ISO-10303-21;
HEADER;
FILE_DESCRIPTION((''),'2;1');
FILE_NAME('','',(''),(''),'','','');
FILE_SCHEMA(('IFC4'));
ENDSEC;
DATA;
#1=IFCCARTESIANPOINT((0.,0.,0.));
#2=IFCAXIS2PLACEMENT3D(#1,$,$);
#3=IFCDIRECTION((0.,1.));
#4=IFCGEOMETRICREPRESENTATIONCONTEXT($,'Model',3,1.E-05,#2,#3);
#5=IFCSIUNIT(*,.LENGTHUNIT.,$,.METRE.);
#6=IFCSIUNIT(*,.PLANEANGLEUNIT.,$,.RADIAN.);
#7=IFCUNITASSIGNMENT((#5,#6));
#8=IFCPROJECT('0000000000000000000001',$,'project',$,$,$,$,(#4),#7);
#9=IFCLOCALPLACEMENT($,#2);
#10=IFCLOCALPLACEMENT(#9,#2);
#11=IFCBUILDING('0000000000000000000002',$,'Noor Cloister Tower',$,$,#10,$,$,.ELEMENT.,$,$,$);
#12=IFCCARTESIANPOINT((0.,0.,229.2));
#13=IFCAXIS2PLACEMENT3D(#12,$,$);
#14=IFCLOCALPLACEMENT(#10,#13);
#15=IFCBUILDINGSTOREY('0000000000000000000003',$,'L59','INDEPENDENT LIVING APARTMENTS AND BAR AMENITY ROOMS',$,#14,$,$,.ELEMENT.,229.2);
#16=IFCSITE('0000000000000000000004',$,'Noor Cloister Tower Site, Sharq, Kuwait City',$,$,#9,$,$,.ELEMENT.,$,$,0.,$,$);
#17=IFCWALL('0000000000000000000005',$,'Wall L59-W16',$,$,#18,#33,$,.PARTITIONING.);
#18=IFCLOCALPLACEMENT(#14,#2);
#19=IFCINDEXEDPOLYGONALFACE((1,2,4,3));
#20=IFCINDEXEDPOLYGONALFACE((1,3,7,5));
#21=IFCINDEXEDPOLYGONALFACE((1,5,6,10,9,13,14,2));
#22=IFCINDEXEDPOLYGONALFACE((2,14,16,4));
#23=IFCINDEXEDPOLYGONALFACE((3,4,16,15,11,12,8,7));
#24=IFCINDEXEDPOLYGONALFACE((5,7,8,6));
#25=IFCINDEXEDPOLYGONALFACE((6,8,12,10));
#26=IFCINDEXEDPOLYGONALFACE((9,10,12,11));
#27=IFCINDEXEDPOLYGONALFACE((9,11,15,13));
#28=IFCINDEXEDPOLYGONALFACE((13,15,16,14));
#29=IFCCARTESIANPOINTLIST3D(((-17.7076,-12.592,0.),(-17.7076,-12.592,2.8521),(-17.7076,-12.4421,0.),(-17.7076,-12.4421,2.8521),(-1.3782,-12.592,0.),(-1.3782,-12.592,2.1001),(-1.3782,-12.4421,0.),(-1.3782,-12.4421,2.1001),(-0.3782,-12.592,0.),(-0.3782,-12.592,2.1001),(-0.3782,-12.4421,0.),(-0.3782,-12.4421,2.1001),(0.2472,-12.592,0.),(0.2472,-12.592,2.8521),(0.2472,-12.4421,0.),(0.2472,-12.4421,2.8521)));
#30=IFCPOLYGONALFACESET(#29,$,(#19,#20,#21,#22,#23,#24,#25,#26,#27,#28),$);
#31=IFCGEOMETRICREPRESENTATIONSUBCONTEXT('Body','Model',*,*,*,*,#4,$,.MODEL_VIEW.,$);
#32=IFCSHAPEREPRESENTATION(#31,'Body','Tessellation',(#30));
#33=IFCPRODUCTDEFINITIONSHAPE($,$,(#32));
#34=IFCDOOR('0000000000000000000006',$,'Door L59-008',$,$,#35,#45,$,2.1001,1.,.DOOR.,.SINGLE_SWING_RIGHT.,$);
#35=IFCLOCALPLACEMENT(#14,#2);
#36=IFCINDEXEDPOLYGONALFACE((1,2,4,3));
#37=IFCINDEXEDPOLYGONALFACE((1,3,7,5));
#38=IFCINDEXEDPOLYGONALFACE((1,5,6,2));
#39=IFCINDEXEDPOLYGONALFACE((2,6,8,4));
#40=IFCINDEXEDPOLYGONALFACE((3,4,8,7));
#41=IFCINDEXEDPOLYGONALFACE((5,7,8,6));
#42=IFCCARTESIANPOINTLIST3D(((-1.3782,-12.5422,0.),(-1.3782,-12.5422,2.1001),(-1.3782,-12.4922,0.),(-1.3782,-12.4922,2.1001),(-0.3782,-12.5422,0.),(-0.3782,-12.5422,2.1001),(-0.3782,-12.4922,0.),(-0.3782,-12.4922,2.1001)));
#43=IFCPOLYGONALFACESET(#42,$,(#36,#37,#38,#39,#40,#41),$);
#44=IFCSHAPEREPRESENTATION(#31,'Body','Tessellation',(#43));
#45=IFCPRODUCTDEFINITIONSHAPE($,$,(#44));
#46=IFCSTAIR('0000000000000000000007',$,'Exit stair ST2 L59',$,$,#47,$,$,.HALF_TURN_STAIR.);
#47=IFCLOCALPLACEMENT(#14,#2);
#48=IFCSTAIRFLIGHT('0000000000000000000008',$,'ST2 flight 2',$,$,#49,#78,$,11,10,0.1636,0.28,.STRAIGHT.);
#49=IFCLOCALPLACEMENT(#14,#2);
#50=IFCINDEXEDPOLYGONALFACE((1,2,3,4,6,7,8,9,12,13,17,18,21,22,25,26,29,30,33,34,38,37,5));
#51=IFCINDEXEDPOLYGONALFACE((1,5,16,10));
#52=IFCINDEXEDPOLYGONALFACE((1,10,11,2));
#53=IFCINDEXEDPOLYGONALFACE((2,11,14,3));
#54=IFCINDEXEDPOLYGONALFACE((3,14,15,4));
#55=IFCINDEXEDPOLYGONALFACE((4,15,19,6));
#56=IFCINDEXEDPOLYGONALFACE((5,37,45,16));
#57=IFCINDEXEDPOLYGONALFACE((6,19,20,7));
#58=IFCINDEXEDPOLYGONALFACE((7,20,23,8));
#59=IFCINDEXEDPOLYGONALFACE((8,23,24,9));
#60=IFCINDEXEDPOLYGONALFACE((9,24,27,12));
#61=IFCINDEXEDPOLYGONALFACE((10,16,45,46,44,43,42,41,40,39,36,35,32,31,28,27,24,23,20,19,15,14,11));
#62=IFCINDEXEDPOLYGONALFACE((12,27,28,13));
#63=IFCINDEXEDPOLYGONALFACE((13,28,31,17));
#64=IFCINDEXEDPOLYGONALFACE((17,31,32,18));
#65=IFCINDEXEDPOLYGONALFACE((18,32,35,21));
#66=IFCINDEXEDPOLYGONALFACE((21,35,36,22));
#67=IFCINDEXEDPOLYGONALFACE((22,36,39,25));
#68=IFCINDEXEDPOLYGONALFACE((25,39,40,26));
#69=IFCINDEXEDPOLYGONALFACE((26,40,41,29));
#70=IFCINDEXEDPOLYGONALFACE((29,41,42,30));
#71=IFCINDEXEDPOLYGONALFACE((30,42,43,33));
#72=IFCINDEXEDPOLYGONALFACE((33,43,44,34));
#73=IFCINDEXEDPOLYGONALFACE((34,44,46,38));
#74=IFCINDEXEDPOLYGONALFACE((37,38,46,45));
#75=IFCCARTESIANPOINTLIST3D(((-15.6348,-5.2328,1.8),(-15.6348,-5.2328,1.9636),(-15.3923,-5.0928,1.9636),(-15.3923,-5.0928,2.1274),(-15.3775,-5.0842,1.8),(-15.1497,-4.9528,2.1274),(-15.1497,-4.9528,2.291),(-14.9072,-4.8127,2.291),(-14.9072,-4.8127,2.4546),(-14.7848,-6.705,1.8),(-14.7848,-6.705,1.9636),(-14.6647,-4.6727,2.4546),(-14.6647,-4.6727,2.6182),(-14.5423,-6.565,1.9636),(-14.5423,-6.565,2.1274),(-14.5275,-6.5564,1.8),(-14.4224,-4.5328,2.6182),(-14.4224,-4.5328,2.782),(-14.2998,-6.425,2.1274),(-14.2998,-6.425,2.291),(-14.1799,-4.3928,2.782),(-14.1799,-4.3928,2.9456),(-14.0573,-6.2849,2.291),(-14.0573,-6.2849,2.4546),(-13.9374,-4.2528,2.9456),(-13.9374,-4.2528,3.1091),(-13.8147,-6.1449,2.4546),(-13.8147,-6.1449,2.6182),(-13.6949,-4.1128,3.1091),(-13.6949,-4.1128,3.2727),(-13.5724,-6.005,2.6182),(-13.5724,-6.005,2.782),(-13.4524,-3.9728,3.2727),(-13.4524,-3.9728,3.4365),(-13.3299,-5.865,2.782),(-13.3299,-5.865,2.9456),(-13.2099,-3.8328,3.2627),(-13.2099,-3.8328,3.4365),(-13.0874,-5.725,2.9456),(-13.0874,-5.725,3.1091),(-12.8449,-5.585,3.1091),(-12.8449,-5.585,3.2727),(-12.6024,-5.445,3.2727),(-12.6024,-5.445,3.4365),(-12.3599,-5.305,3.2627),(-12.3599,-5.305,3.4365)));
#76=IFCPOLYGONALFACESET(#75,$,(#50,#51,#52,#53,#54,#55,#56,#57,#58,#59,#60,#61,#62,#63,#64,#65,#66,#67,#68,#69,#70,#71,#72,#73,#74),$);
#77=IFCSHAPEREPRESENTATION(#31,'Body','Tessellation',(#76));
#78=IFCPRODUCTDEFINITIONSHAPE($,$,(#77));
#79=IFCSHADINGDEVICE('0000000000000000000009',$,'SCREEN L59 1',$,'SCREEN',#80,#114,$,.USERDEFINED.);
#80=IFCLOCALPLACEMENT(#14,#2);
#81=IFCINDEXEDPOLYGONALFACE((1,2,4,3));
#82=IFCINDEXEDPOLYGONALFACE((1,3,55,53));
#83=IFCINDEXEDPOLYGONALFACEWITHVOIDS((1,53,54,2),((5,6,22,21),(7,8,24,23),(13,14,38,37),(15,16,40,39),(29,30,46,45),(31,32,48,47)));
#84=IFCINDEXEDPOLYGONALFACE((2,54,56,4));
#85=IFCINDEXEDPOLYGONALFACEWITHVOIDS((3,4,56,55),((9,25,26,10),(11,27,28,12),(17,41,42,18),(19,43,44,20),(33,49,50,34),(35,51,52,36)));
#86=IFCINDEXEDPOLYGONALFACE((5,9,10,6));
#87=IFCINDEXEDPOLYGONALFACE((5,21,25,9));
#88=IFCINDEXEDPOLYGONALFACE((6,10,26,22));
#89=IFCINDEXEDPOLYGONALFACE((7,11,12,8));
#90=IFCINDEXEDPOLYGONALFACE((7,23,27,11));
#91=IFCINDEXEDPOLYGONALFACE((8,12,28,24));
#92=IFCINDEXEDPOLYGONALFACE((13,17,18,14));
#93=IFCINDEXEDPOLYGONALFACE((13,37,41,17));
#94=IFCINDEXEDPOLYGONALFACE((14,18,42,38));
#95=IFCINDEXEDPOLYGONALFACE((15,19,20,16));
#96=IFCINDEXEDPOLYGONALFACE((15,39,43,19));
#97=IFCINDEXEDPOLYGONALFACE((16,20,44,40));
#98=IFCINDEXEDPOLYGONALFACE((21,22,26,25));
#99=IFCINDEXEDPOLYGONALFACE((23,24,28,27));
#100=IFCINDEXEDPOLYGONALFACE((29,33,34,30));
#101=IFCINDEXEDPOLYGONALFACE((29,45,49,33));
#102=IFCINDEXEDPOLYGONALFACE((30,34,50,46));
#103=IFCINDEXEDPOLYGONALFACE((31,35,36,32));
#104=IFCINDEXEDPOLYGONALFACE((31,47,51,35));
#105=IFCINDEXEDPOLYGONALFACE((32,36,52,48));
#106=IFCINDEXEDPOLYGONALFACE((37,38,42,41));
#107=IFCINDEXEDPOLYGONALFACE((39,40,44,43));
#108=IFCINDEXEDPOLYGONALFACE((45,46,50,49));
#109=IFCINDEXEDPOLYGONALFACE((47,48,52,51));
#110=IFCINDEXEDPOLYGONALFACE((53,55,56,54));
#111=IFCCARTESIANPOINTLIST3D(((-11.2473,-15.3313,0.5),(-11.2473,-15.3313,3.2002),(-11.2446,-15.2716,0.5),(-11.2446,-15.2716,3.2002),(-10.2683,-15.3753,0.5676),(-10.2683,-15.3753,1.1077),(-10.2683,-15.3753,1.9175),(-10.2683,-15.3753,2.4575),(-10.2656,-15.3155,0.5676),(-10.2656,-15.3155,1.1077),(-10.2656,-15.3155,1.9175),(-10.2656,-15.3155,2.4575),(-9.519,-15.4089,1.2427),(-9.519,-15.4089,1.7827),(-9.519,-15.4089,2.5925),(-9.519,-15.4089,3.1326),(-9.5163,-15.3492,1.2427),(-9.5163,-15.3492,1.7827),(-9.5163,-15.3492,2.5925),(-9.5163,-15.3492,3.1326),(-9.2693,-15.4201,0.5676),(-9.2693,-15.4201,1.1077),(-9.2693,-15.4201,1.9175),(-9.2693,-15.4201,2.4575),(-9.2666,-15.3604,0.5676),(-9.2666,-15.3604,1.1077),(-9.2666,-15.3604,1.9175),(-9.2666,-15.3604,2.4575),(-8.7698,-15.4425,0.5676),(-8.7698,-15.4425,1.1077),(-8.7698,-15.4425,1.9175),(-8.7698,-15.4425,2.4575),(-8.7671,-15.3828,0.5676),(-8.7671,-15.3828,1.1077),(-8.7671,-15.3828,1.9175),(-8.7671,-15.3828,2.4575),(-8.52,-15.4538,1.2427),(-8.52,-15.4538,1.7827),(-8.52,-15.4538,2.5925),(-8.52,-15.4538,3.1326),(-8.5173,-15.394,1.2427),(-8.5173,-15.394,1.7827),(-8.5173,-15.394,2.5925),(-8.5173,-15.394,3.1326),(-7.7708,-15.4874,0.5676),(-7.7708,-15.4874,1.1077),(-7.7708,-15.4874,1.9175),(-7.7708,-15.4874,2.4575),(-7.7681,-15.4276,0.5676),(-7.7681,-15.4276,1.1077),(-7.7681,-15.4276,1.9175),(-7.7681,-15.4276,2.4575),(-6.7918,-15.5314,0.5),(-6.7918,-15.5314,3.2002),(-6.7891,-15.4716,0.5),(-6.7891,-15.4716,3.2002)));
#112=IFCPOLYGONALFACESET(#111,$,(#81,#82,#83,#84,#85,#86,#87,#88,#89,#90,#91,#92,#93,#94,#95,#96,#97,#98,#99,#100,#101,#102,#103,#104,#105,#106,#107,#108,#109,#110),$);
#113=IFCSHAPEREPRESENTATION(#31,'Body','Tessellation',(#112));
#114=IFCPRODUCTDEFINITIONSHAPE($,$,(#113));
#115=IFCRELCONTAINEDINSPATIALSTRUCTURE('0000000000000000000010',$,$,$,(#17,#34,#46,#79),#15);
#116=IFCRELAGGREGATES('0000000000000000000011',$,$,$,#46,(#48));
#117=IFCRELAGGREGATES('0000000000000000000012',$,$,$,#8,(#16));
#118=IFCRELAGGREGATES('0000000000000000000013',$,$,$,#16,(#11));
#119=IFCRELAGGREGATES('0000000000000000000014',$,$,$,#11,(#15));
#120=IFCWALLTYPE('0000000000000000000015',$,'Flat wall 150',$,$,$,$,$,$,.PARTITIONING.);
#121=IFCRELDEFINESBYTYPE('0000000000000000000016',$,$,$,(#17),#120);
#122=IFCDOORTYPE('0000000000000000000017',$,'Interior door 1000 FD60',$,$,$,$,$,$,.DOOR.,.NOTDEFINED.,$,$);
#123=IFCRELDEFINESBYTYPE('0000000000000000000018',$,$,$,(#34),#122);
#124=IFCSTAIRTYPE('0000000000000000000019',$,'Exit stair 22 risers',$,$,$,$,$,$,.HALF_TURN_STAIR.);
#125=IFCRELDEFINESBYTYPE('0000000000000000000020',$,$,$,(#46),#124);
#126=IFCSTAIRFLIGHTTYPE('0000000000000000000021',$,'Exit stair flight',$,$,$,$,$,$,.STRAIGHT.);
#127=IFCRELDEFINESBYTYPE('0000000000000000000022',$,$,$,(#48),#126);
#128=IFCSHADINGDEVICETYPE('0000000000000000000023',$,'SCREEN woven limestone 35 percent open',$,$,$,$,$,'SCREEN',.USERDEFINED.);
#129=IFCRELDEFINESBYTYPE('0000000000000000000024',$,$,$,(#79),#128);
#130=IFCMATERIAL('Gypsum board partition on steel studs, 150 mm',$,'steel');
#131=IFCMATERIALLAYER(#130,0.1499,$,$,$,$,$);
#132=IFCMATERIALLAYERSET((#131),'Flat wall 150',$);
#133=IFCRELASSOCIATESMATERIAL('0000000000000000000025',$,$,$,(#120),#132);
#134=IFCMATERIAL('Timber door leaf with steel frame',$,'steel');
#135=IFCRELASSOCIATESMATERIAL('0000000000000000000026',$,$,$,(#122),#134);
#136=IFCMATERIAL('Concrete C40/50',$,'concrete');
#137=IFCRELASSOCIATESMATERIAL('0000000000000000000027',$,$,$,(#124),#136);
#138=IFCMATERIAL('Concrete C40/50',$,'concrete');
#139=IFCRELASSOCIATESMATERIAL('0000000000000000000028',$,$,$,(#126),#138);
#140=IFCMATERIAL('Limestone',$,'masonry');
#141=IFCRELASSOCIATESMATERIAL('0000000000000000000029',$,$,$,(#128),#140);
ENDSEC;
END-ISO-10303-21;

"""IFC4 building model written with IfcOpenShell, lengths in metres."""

from ifc_helpers import new_model, si_unit, direction, frame, frame_2d, origin, place, context, subcontext, project, spatial, polyline, rectangle, outline, extrude, material, layer, layer_set, material_profile, profile_set, type_object, element, fill, aggregate, save


model = new_model("IFC4")

# Units and contexts
model_context = context("Model", 3, precision=1e-05, world=origin(), true_north=direction((0.0, 1.0)))
body_context = subcontext(model_context, "Body", "Model", "MODEL_VIEW")
ifc_project = project(units=[si_unit("LENGTHUNIT", "METRE"), si_unit("PLANEANGLEUNIT", "RADIAN")], contexts=[model_context])

# Site, building, storey
site_placement = place(None, origin())
site = spatial("IfcSite", under=ifc_project, at=site_placement, Name="Noor Cloister Tower Site, Sharq, Kuwait City", CompositionType="ELEMENT", RefElevation=0.0)
building_placement = place(site_placement, origin())
building = spatial("IfcBuilding", under=site, at=building_placement, Name="Noor Cloister Tower", CompositionType="ELEMENT")
storey_placement = place(building_placement, frame((0.0, 0.0, 229.2)))
storey = spatial("IfcBuildingStorey", under=building, at=storey_placement, Name="L59", Description="INDEPENDENT LIVING APARTMENTS AND BAR AMENITY ROOMS", CompositionType="ELEMENT", Elevation=229.2)

# Wall, opening, door
ifc_material_1 = material(Name="Gypsum board partition on steel studs, 150 mm", Category="steel")
ifc_layer_1 = layer(ifc_material_1, 0.1499)
ifc_layer_set_1 = layer_set([ifc_layer_1], Name="Flat wall 150")
wall_type_1 = type_object("IfcWallType", Name="Flat wall 150", PredefinedType="PARTITIONING", material=ifc_layer_set_1)
ifc_material_2 = material(Name="Timber door leaf with steel frame", Category="steel")
door_type_1 = type_object("IfcDoorType", Name="Interior door 1000 FD60", OperationType="NOTDEFINED", PredefinedType="DOOR", material=ifc_material_2)
wall_1_placement = place(storey_placement, frame((-17.7078, -12.5171, 0.0), z_axis=(0.0, 0.0, 1.0), x_axis=(1.0, 0.0, 0.0)))
wall_1 = element("IfcWall", 1, at=wall_1_placement, inside=storey, type_object=wall_type_1, Name="Wall L59-W16", PredefinedType="PARTITIONING", context=body_context, shape_type="SweptSolid", body=[
    extrude(rectangle(XDim=17.9548, YDim=0.1499, at=frame_2d((8.9775, 0.0))), origin(), (0.0, 0.0, 1.0), 2.8521),
])
opening_1_placement = place(wall_1_placement, frame((16.3296, 0.0, 0.0)))
opening_1 = element("IfcOpeningElement", 2, at=opening_1_placement, cuts=wall_1, PredefinedType="OPENING", context=body_context, shape_type="SweptSolid", body=[
    extrude(rectangle(XDim=1.0, YDim=2.1001, at=frame_2d((0.5, 1.05))), frame((0.0, 0.085, 0.0), z_axis=(0.0, -1.0, 0.0), x_axis=(1.0, 0.0, 0.0)), (0.0, 0.0, 1.0), 0.1699),
])
door_1_placement = place(opening_1_placement, origin())
door_1 = element("IfcDoor", 3, at=door_1_placement, inside=storey, type_object=door_type_1, Name="Door L59-008", OperationType="SINGLE_SWING_RIGHT", OverallHeight=2.1001, OverallWidth=1.0, PredefinedType="DOOR", context=body_context, shape_type="SweptSolid", body=[
    extrude(rectangle(XDim=1.0, YDim=2.1001, at=frame_2d((0.5, 1.05))), frame((0.0, 0.0249, 0.0), z_axis=(0.0, -1.0, 0.0), x_axis=(1.0, 0.0, 0.0)), (0.0, 0.0, 1.0), 0.05),
])
fill(opening_1, door_1)

# Stair, stair flight
ifc_material_3 = material(Name="Concrete C40/50", Category="concrete")
stair_type = type_object("IfcStairType", Name="Exit stair 22 risers", PredefinedType="HALF_TURN_STAIR", material=ifc_material_3)
stair_placement = place(storey_placement, origin())
stair = element("IfcStair", 4, at=stair_placement, inside=storey, type_object=stair_type, Name="Exit stair ST2 L59", PredefinedType="HALF_TURN_STAIR")
ifc_material_4 = material(Name="Concrete C40/50", Category="concrete")
stair_flight_type = type_object("IfcStairFlightType", Name="Exit stair flight", PredefinedType="STRAIGHT", material=ifc_material_4)
stair_flight_placement = place(storey_placement, frame((-15.2097, -5.969, 1.8), z_axis=(0.0, 0.0, 1.0), x_axis=(0.866025, 0.5, 0.0)))
stair_flight = element("IfcStairFlight", 5, at=stair_flight_placement, type_object=stair_flight_type, Name="ST2 flight 2", NumberOfRisers=11, NumberOfTreads=10, PredefinedType="STRAIGHT", RiserHeight=0.1636, TreadLength=0.28, context=body_context, shape_type="SweptSolid", body=[
    extrude(outline(polyline([(0.0, 0.0), (0.0, 0.1636), (0.28, 0.1636), (0.28, 0.3274), (0.5601, 0.3274), (0.5601, 0.491), (0.8401, 0.491), (0.8401, 0.6545), (1.1201, 0.6545), (1.1201, 0.8181), (1.3999, 0.8181), (1.3999, 0.9819), (1.6799, 0.9819), (1.6799, 1.1455), (1.96, 1.1455), (1.96, 1.3091), (2.24, 1.3091), (2.24, 1.4727), (2.52, 1.4727), (2.52, 1.6365), (2.8, 1.6365), (2.8, 1.8), (2.8, 1.4626), (0.2971, 0.0), (0.0, 0.0)])), frame((0.0, 0.8501, 0.0), z_axis=(0.0, -1.0, 0.0), x_axis=(1.0, 0.0, 0.0)), (0.0, 0.0, 1.0), 1.7),
])
aggregate(stair, [stair_flight])

# Shading device
ifc_material_5 = material(Name="Limestone", Category="masonry")
ifc_material_profile_1 = material_profile(ifc_material_5, outline(polyline([(-2.23, -1.3501), (2.23, -1.3501), (2.23, 1.3501), (-2.23, 1.3501), (-2.23, -1.3501)]), holes=[polyline([(-1.25, -1.2825), (-0.25, -1.2825), (-0.25, -0.7424), (-1.25, -0.7424), (-1.25, -1.2825)]), polyline([(0.25, -1.2825), (1.25, -1.2825), (1.25, -0.7424), (0.25, -0.7424), (0.25, -1.2825)]), polyline([(-0.5, -0.6074), (0.5, -0.6074), (0.5, -0.0674), (-0.5, -0.0674), (-0.5, -0.6074)]), polyline([(-1.25, 0.0674), (-0.25, 0.0674), (-0.25, 0.6074), (-1.25, 0.6074), (-1.25, 0.0674)]), polyline([(0.25, 0.0674), (1.25, 0.0674), (1.25, 0.6074), (0.25, 0.6074), (0.25, 0.0674)]), polyline([(-0.5, 0.7424), (0.5, 0.7424), (0.5, 1.2825), (-0.5, 1.2825), (-0.5, 0.7424)])]), Name="Woven screen 35 percent open")
ifc_profile_set_1 = profile_set([ifc_material_profile_1], Name="Limestone")
shading_device_type = type_object("IfcShadingDeviceType", Name="SCREEN woven limestone 35 percent open", ElementType="SCREEN", PredefinedType="USERDEFINED", material=ifc_profile_set_1)
shading_device_placement = place(storey_placement, frame((-9.0168, -15.3716, 1.8501), z_axis=(-0.044853, -0.998994, 0.0), x_axis=(0.998994, -0.044853, 0.0)))
element("IfcShadingDevice", 6, at=shading_device_placement, inside=storey, type_object=shading_device_type, Name="SCREEN L59 1", ObjectType="SCREEN", PredefinedType="USERDEFINED", context=body_context, shape_type="SweptSolid", body=[
    extrude(outline(polyline([(-2.23, -1.3501), (2.23, -1.3501), (2.23, 1.3501), (-2.23, 1.3501), (-2.23, -1.3501)]), holes=[polyline([(-1.25, -1.2825), (-0.25, -1.2825), (-0.25, -0.7424), (-1.25, -0.7424), (-1.25, -1.2825)]), polyline([(0.25, -1.2825), (1.25, -1.2825), (1.25, -0.7424), (0.25, -0.7424), (0.25, -1.2825)]), polyline([(-0.5, -0.6074), (0.5, -0.6074), (0.5, -0.0674), (-0.5, -0.0674), (-0.5, -0.6074)]), polyline([(-1.25, 0.0674), (-0.25, 0.0674), (-0.25, 0.6074), (-1.25, 0.6074), (-1.25, 0.0674)]), polyline([(0.25, 0.0674), (1.25, 0.0674), (1.25, 0.6074), (0.25, 0.6074), (0.25, 0.0674)]), polyline([(-0.5, 0.7424), (0.5, 0.7424), (0.5, 1.2825), (-0.5, 1.2825), (-0.5, 0.7424)])]), origin(), (0.0, 0.0, 1.0), 0.0598),
])

save(model, "model.ifc")
